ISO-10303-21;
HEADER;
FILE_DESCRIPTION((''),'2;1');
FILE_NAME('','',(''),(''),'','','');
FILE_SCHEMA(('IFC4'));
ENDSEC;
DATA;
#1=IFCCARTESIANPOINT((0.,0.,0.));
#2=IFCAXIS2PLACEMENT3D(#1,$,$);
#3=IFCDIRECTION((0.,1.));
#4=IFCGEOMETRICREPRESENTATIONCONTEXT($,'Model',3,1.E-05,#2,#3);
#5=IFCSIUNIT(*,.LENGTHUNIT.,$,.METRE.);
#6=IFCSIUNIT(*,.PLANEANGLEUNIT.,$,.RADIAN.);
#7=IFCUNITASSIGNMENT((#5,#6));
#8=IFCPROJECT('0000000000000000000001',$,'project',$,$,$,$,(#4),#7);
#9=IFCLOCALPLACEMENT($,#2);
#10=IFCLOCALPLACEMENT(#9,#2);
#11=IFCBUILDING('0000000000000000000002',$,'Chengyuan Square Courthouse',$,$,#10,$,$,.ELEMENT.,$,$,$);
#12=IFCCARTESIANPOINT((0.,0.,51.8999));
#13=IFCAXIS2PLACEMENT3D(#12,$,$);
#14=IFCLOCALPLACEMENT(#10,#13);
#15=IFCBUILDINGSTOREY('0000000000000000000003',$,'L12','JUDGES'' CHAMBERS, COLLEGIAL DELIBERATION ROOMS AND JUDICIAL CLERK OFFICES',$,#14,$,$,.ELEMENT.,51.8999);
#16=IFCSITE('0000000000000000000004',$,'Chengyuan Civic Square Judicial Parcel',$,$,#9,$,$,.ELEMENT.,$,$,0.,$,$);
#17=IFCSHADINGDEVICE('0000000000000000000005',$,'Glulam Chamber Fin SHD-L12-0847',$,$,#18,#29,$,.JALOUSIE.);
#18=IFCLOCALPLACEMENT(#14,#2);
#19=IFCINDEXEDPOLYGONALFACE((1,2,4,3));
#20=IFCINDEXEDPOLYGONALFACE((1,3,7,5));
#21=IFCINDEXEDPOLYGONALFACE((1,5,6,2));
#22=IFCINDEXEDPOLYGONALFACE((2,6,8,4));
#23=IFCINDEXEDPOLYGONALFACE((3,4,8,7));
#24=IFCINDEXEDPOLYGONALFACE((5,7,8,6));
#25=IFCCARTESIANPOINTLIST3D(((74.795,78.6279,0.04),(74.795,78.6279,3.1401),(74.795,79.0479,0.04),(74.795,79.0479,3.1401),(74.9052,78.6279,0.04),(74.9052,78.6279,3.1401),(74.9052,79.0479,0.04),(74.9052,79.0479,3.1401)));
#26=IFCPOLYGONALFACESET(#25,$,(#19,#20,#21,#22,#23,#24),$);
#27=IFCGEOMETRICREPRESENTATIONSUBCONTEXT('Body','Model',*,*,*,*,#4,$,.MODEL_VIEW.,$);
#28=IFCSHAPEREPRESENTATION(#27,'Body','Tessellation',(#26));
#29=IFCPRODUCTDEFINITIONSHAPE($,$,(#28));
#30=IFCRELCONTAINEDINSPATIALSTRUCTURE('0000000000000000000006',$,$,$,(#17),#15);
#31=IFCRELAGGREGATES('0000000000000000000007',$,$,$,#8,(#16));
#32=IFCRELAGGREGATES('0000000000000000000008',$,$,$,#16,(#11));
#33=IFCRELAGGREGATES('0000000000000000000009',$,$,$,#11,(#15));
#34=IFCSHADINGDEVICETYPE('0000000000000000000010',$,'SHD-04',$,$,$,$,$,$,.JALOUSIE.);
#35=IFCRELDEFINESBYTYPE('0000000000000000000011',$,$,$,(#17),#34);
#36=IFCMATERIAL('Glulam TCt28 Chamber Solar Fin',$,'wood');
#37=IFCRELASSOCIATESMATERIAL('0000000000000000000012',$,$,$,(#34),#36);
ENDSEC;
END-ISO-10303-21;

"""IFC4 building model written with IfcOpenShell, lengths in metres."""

from ifc_helpers import new_model, si_unit, direction, frame, origin, origin_2d, place, context, subcontext, project, spatial, rectangle, extrude, material, type_object, element, save


model = new_model("IFC4")

# Units and contexts
model_context = context("Model", 3, precision=1e-05, world=origin(), true_north=direction((0.0, 1.0)))
body_context = subcontext(model_context, "Body", "Model", "MODEL_VIEW")
ifc_project = project(units=[si_unit("LENGTHUNIT", "METRE"), si_unit("PLANEANGLEUNIT", "RADIAN")], contexts=[model_context])

# Site, building, storey
site_placement = place(None, origin())
site = spatial("IfcSite", under=ifc_project, at=site_placement, Name="Chengyuan Civic Square Judicial Parcel", CompositionType="ELEMENT", RefElevation=0.0)
building_placement = place(site_placement, origin())
building = spatial("IfcBuilding", under=site, at=building_placement, Name="Chengyuan Square Courthouse", CompositionType="ELEMENT")
storey_placement = place(building_placement, frame((0.0, 0.0, 51.8999)))
storey = spatial("IfcBuildingStorey", under=building, at=storey_placement, Name="L12", Description="JUDGES' CHAMBERS, COLLEGIAL DELIBERATION ROOMS AND JUDICIAL CLERK OFFICES", CompositionType="ELEMENT", Elevation=51.8999)

# Shading device
ifc_material_1 = material(Name="Glulam TCt28 Chamber Solar Fin", Category="wood")
shading_device_type_1 = type_object("IfcShadingDeviceType", Name="SHD-04", PredefinedType="JALOUSIE", material=ifc_material_1)
for number, where, z_axis, x_axis, name in (
    (1, (74.8501, 78.8379, 0.04), (0.0, 0.0, 1.0), (0.0, 1.0, 0.0), "Glulam Chamber Fin SHD-L12-0847"),
):
    element("IfcShadingDevice", number, at=place(storey_placement, frame(where, z_axis=z_axis, x_axis=x_axis)), inside=storey, type_object=shading_device_type_1, Name=name, PredefinedType="JALOUSIE", context=body_context, shape_type="SweptSolid", body=[
        extrude(rectangle(XDim=0.4199, YDim=0.1101, at=origin_2d()), origin(), (0.0, 0.0, 1.0), 3.1001),
    ])

save(model, "model.ifc")
